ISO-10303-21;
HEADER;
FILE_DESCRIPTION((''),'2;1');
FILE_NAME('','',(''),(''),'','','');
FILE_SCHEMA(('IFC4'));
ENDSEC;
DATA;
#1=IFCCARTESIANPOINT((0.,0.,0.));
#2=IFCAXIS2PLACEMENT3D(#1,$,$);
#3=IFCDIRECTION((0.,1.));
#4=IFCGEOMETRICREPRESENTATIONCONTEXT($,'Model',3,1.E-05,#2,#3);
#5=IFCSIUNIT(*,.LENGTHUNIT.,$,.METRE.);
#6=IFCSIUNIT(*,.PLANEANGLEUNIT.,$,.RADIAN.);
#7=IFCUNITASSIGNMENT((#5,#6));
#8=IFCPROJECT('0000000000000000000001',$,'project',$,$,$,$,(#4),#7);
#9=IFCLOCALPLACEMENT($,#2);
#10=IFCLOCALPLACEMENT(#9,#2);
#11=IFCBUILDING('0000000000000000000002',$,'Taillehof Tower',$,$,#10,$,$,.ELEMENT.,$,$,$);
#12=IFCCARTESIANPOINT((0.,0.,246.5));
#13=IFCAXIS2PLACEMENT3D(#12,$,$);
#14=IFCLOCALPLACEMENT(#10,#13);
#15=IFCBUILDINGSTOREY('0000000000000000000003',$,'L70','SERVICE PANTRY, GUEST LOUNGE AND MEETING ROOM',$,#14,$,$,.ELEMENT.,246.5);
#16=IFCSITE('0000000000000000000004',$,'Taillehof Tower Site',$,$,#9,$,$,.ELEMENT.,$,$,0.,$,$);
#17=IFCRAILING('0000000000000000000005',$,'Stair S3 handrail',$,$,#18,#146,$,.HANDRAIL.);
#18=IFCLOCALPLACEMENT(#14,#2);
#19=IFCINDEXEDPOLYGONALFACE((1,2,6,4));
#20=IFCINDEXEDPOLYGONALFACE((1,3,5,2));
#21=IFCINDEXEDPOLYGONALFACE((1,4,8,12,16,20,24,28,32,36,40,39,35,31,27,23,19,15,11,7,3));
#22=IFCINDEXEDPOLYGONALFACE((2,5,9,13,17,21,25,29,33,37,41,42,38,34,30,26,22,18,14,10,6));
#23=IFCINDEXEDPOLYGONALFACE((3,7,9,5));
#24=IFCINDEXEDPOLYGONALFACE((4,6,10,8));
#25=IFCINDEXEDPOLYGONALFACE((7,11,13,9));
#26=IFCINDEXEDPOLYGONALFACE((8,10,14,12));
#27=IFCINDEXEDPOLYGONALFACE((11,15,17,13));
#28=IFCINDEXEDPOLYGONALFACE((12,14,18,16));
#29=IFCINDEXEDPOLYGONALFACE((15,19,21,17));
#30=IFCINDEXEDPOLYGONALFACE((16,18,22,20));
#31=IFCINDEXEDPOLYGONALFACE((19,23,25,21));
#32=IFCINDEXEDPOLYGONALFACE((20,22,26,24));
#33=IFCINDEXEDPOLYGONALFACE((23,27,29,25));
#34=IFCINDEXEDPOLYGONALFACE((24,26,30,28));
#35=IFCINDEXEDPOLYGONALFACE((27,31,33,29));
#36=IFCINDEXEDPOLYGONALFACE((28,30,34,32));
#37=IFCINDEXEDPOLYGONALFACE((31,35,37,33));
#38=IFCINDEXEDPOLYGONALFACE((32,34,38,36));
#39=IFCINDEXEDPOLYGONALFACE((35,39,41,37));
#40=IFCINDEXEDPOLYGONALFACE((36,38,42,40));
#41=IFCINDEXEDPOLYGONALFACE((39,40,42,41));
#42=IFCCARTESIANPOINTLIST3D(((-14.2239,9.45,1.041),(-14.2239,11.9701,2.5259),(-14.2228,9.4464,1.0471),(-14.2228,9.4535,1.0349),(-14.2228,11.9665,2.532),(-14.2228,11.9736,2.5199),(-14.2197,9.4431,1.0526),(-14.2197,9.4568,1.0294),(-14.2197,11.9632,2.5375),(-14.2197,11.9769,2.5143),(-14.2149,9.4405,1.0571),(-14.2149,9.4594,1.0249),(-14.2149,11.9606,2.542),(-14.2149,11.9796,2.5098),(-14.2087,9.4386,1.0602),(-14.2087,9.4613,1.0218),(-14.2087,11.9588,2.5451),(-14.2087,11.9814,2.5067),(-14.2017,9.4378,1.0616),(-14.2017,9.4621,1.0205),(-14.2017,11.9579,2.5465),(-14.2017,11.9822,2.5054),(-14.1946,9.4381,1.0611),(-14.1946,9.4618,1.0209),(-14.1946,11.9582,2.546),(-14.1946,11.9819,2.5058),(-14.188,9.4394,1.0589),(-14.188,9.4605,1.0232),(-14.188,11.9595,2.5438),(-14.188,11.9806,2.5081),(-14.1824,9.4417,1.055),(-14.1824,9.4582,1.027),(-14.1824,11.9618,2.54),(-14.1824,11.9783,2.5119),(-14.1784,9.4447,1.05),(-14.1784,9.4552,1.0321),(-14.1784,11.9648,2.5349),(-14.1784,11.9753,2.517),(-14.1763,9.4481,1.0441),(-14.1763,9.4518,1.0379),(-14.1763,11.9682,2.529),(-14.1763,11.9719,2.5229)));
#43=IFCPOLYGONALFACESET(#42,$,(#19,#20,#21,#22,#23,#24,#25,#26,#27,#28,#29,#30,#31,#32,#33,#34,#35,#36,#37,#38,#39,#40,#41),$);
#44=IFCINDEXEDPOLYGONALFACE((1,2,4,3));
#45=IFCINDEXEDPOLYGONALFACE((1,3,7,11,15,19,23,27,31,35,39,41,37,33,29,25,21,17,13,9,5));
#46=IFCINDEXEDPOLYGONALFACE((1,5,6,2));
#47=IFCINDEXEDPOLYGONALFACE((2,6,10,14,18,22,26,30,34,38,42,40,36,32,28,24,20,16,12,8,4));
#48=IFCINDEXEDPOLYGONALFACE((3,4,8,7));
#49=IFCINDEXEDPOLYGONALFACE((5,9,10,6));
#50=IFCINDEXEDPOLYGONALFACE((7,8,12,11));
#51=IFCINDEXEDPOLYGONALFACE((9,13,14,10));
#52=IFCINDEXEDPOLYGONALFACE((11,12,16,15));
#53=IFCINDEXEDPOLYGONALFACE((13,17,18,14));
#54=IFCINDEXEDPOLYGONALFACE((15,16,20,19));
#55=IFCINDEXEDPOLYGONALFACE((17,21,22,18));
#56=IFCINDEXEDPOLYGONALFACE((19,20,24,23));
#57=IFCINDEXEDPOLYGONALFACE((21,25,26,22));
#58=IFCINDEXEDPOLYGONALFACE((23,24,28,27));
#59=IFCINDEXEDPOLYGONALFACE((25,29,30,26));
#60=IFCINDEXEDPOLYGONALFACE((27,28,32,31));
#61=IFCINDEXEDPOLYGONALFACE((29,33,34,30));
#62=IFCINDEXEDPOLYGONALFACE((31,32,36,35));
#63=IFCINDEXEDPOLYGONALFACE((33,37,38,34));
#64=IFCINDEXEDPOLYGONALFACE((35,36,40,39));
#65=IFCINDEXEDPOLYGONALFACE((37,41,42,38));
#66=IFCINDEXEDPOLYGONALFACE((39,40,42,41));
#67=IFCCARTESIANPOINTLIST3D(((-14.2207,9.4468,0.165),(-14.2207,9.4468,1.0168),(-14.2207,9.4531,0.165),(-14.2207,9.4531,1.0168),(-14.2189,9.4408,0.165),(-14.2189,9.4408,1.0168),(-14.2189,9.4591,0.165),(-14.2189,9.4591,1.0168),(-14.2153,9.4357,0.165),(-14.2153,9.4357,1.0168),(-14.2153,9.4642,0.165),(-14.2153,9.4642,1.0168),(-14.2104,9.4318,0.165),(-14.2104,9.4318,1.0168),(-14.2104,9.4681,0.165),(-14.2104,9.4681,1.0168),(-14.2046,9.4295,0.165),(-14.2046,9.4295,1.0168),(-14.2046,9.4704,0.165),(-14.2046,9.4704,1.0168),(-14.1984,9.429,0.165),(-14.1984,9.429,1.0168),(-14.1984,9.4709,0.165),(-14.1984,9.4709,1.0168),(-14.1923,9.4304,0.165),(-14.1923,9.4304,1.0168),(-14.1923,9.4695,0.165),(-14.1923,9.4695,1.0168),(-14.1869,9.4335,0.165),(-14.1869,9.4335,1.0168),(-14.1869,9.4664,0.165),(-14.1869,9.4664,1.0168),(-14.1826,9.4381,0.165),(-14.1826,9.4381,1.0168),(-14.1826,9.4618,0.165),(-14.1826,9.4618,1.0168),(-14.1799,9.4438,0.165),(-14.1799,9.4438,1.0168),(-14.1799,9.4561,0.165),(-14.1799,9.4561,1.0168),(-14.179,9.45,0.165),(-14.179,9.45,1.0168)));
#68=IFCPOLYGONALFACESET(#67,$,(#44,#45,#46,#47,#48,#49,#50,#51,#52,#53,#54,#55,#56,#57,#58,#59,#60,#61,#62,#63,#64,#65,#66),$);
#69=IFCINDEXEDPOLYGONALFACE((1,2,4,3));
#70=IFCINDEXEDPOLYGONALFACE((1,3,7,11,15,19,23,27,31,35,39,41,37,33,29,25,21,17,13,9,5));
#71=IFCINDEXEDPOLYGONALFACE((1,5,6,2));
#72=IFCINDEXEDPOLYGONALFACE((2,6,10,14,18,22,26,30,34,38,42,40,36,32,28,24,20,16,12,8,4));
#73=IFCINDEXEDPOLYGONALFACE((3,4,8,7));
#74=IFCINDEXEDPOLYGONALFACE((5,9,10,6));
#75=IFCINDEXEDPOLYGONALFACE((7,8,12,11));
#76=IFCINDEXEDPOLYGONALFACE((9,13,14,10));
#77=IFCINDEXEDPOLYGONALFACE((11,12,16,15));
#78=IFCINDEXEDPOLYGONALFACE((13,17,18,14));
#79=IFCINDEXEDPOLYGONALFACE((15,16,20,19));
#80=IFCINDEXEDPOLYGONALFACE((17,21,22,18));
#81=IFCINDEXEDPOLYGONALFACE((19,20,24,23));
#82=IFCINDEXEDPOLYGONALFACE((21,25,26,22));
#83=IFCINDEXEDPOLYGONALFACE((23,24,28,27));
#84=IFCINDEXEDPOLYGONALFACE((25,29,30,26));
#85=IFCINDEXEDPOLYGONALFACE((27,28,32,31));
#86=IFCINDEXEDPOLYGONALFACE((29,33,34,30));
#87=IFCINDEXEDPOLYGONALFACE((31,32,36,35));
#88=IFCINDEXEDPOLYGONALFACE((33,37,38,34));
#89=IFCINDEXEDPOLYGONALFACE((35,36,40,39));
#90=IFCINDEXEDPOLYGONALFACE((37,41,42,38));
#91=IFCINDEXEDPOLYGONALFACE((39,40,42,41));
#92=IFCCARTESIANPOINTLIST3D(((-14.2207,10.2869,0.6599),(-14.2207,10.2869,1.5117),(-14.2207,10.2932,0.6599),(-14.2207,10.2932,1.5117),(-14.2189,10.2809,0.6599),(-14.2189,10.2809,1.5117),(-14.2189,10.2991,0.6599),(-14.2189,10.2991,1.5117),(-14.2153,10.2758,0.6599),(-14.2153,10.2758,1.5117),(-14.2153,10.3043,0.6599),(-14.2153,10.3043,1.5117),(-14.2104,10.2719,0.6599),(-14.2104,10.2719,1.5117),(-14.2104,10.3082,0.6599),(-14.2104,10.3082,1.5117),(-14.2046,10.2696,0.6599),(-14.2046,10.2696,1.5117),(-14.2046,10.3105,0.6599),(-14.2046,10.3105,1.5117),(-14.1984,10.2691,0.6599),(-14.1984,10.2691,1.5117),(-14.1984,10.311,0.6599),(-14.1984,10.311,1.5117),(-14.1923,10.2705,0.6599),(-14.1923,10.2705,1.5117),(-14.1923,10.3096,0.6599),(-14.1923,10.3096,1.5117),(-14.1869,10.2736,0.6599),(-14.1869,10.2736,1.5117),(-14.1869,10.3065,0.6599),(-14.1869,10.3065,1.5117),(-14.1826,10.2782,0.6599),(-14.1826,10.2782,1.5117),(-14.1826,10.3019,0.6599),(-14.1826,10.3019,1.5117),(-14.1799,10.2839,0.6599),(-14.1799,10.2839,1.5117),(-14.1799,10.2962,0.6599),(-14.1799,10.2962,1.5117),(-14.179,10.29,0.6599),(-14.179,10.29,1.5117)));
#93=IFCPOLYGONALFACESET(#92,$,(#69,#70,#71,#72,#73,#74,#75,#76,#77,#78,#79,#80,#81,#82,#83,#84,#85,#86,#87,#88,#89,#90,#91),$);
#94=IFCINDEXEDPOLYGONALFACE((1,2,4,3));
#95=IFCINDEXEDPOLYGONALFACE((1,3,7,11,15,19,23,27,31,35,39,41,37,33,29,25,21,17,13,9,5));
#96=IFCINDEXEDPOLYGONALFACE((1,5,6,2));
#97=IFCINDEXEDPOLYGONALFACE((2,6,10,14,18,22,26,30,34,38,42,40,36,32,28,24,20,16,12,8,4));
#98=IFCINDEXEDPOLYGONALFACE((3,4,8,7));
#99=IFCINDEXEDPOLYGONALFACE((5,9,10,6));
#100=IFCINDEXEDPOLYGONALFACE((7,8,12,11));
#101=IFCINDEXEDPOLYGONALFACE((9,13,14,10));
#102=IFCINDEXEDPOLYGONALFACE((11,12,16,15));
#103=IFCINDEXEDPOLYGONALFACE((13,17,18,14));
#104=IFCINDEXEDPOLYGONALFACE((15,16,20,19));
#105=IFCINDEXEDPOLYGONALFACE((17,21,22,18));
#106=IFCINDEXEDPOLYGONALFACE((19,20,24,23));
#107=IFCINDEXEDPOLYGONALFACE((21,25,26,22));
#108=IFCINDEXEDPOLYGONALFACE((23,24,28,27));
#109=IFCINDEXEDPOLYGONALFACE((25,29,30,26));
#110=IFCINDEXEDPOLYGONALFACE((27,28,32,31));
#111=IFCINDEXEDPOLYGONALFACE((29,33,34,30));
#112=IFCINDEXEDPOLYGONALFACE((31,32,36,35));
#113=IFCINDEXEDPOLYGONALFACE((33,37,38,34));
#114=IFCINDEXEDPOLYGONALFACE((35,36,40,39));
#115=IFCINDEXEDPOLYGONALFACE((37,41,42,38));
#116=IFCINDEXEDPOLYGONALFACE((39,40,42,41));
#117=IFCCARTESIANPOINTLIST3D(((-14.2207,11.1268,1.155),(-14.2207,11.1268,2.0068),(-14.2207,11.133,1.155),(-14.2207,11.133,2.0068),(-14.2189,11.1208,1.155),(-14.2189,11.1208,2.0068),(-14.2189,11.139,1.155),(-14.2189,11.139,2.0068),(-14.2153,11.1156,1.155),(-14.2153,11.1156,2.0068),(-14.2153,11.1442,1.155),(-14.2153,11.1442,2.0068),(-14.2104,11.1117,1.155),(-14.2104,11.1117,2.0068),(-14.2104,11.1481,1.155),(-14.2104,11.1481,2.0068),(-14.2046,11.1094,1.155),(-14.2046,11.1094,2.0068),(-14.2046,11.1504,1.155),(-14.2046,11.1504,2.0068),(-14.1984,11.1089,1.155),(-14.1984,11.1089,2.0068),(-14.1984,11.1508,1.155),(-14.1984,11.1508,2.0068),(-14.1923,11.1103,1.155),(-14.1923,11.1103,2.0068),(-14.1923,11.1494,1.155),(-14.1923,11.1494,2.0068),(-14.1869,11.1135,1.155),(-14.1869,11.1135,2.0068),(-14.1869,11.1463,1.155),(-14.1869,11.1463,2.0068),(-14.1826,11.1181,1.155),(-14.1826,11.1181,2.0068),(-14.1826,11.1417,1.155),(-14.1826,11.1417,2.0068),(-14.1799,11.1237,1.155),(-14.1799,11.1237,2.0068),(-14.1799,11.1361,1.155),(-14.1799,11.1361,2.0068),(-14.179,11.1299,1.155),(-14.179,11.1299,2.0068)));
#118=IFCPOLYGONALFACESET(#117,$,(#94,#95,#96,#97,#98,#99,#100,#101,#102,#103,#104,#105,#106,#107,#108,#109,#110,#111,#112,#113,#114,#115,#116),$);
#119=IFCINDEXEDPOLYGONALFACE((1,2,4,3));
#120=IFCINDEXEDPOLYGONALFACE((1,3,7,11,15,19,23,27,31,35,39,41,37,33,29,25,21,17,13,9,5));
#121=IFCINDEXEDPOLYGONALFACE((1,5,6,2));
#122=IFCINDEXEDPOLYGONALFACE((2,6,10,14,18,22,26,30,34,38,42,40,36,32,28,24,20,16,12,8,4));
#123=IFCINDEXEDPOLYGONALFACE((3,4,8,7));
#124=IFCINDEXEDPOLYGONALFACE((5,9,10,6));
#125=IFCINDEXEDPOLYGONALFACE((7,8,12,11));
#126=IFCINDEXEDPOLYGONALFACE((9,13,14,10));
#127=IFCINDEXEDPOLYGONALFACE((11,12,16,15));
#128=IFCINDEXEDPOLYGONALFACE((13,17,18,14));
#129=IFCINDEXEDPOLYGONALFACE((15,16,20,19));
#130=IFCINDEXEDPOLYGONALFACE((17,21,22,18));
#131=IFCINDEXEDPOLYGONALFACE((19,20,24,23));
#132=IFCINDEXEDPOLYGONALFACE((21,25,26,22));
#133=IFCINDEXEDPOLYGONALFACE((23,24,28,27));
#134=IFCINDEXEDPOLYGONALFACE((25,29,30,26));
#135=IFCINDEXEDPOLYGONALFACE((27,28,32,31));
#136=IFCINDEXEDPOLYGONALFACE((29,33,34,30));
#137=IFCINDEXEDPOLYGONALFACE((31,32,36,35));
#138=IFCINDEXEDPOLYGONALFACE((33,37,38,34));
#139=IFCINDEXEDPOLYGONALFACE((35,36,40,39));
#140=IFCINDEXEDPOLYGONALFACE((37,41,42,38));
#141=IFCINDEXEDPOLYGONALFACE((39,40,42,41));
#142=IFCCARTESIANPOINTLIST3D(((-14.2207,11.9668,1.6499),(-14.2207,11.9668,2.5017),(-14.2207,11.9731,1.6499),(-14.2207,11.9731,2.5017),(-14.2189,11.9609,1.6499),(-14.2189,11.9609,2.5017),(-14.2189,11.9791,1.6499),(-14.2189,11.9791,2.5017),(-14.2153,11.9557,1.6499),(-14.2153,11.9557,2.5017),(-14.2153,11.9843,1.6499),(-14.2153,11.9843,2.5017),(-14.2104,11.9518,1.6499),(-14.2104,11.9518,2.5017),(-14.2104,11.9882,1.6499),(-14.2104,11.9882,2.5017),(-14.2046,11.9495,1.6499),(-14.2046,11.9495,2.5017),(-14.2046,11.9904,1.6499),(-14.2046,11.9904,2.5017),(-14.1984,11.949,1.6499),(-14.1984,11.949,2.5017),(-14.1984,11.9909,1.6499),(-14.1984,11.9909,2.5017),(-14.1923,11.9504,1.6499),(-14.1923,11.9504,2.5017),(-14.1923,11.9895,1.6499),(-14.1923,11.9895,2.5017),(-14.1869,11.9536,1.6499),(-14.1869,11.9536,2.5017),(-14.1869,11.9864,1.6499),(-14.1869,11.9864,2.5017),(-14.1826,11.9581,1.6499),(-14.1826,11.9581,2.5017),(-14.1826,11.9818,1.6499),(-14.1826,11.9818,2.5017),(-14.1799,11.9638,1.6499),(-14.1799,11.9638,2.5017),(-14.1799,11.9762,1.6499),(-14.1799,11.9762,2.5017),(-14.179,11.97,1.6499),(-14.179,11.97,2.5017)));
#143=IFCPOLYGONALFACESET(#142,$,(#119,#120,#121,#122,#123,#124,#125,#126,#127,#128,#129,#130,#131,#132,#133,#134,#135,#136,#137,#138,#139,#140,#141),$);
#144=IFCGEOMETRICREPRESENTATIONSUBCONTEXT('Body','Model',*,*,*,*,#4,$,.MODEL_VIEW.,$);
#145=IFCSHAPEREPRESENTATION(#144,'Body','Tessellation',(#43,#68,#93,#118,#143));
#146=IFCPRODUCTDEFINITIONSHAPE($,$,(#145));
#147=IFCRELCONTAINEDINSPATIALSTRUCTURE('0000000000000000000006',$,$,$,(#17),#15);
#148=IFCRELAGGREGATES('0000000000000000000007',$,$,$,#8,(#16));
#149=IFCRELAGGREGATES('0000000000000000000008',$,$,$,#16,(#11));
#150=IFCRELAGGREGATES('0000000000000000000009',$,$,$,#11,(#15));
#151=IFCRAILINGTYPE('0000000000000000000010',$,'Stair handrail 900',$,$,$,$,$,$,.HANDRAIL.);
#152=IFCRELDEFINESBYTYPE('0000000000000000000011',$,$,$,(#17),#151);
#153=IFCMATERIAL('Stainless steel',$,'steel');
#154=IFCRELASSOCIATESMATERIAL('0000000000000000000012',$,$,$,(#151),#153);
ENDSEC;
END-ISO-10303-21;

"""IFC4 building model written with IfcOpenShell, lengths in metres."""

from ifc_helpers import new_model, si_unit, direction, frame, origin, origin_2d, place, context, subcontext, project, spatial, circle, extrude, material, type_object, element, save


model = new_model("IFC4")

# Units and contexts
model_context = context("Model", 3, precision=1e-05, world=origin(), true_north=direction((0.0, 1.0)))
body_context = subcontext(model_context, "Body", "Model", "MODEL_VIEW")
ifc_project = project(units=[si_unit("LENGTHUNIT", "METRE"), si_unit("PLANEANGLEUNIT", "RADIAN")], contexts=[model_context])

# Site, building, storey
site_placement = place(None, origin())
site = spatial("IfcSite", under=ifc_project, at=site_placement, Name="Taillehof Tower Site", CompositionType="ELEMENT", RefElevation=0.0)
building_placement = place(site_placement, origin())
building = spatial("IfcBuilding", under=site, at=building_placement, Name="Taillehof Tower", CompositionType="ELEMENT")
storey_placement = place(building_placement, frame((0.0, 0.0, 246.5)))
storey = spatial("IfcBuildingStorey", under=building, at=storey_placement, Name="L70", Description="SERVICE PANTRY, GUEST LOUNGE AND MEETING ROOM", CompositionType="ELEMENT", Elevation=246.5)

# Railing
ifc_material_1 = material(Name="Stainless steel", Category="steel")
railing_type = type_object("IfcRailingType", Name="Stair handrail 900", PredefinedType="HANDRAIL", material=ifc_material_1)
railing_placement = place(storey_placement, frame((-14.2, 9.45, 0.165)))
element("IfcRailing", 1, at=railing_placement, inside=storey, type_object=railing_type, Name="Stair S3 handrail", PredefinedType="HANDRAIL", context=body_context, shape_type="SweptSolid", body=[
    extrude(circle(Radius=0.0239, at=origin_2d()), frame((0.0, 0.0, 0.876), z_axis=(0.0, 0.861561, 0.507655), x_axis=(-1.0, 0.0, 0.0)), (0.0, 0.0, 1.0), 2.925),
    extrude(circle(Radius=0.021, at=origin_2d()), origin(), (0.0, 0.0, 1.0), 0.8518),
    extrude(circle(Radius=0.021, at=origin_2d()), frame((0.0, 0.8401, 0.4949)), (0.0, 0.0, 1.0), 0.8518),
    extrude(circle(Radius=0.021, at=origin_2d()), frame((0.0, 1.6799, 0.99)), (0.0, 0.0, 1.0), 0.8518),
    extrude(circle(Radius=0.021, at=origin_2d()), frame((0.0, 2.52, 1.4849)), (0.0, 0.0, 1.0), 0.8518),
])

save(model, "model.ifc")
